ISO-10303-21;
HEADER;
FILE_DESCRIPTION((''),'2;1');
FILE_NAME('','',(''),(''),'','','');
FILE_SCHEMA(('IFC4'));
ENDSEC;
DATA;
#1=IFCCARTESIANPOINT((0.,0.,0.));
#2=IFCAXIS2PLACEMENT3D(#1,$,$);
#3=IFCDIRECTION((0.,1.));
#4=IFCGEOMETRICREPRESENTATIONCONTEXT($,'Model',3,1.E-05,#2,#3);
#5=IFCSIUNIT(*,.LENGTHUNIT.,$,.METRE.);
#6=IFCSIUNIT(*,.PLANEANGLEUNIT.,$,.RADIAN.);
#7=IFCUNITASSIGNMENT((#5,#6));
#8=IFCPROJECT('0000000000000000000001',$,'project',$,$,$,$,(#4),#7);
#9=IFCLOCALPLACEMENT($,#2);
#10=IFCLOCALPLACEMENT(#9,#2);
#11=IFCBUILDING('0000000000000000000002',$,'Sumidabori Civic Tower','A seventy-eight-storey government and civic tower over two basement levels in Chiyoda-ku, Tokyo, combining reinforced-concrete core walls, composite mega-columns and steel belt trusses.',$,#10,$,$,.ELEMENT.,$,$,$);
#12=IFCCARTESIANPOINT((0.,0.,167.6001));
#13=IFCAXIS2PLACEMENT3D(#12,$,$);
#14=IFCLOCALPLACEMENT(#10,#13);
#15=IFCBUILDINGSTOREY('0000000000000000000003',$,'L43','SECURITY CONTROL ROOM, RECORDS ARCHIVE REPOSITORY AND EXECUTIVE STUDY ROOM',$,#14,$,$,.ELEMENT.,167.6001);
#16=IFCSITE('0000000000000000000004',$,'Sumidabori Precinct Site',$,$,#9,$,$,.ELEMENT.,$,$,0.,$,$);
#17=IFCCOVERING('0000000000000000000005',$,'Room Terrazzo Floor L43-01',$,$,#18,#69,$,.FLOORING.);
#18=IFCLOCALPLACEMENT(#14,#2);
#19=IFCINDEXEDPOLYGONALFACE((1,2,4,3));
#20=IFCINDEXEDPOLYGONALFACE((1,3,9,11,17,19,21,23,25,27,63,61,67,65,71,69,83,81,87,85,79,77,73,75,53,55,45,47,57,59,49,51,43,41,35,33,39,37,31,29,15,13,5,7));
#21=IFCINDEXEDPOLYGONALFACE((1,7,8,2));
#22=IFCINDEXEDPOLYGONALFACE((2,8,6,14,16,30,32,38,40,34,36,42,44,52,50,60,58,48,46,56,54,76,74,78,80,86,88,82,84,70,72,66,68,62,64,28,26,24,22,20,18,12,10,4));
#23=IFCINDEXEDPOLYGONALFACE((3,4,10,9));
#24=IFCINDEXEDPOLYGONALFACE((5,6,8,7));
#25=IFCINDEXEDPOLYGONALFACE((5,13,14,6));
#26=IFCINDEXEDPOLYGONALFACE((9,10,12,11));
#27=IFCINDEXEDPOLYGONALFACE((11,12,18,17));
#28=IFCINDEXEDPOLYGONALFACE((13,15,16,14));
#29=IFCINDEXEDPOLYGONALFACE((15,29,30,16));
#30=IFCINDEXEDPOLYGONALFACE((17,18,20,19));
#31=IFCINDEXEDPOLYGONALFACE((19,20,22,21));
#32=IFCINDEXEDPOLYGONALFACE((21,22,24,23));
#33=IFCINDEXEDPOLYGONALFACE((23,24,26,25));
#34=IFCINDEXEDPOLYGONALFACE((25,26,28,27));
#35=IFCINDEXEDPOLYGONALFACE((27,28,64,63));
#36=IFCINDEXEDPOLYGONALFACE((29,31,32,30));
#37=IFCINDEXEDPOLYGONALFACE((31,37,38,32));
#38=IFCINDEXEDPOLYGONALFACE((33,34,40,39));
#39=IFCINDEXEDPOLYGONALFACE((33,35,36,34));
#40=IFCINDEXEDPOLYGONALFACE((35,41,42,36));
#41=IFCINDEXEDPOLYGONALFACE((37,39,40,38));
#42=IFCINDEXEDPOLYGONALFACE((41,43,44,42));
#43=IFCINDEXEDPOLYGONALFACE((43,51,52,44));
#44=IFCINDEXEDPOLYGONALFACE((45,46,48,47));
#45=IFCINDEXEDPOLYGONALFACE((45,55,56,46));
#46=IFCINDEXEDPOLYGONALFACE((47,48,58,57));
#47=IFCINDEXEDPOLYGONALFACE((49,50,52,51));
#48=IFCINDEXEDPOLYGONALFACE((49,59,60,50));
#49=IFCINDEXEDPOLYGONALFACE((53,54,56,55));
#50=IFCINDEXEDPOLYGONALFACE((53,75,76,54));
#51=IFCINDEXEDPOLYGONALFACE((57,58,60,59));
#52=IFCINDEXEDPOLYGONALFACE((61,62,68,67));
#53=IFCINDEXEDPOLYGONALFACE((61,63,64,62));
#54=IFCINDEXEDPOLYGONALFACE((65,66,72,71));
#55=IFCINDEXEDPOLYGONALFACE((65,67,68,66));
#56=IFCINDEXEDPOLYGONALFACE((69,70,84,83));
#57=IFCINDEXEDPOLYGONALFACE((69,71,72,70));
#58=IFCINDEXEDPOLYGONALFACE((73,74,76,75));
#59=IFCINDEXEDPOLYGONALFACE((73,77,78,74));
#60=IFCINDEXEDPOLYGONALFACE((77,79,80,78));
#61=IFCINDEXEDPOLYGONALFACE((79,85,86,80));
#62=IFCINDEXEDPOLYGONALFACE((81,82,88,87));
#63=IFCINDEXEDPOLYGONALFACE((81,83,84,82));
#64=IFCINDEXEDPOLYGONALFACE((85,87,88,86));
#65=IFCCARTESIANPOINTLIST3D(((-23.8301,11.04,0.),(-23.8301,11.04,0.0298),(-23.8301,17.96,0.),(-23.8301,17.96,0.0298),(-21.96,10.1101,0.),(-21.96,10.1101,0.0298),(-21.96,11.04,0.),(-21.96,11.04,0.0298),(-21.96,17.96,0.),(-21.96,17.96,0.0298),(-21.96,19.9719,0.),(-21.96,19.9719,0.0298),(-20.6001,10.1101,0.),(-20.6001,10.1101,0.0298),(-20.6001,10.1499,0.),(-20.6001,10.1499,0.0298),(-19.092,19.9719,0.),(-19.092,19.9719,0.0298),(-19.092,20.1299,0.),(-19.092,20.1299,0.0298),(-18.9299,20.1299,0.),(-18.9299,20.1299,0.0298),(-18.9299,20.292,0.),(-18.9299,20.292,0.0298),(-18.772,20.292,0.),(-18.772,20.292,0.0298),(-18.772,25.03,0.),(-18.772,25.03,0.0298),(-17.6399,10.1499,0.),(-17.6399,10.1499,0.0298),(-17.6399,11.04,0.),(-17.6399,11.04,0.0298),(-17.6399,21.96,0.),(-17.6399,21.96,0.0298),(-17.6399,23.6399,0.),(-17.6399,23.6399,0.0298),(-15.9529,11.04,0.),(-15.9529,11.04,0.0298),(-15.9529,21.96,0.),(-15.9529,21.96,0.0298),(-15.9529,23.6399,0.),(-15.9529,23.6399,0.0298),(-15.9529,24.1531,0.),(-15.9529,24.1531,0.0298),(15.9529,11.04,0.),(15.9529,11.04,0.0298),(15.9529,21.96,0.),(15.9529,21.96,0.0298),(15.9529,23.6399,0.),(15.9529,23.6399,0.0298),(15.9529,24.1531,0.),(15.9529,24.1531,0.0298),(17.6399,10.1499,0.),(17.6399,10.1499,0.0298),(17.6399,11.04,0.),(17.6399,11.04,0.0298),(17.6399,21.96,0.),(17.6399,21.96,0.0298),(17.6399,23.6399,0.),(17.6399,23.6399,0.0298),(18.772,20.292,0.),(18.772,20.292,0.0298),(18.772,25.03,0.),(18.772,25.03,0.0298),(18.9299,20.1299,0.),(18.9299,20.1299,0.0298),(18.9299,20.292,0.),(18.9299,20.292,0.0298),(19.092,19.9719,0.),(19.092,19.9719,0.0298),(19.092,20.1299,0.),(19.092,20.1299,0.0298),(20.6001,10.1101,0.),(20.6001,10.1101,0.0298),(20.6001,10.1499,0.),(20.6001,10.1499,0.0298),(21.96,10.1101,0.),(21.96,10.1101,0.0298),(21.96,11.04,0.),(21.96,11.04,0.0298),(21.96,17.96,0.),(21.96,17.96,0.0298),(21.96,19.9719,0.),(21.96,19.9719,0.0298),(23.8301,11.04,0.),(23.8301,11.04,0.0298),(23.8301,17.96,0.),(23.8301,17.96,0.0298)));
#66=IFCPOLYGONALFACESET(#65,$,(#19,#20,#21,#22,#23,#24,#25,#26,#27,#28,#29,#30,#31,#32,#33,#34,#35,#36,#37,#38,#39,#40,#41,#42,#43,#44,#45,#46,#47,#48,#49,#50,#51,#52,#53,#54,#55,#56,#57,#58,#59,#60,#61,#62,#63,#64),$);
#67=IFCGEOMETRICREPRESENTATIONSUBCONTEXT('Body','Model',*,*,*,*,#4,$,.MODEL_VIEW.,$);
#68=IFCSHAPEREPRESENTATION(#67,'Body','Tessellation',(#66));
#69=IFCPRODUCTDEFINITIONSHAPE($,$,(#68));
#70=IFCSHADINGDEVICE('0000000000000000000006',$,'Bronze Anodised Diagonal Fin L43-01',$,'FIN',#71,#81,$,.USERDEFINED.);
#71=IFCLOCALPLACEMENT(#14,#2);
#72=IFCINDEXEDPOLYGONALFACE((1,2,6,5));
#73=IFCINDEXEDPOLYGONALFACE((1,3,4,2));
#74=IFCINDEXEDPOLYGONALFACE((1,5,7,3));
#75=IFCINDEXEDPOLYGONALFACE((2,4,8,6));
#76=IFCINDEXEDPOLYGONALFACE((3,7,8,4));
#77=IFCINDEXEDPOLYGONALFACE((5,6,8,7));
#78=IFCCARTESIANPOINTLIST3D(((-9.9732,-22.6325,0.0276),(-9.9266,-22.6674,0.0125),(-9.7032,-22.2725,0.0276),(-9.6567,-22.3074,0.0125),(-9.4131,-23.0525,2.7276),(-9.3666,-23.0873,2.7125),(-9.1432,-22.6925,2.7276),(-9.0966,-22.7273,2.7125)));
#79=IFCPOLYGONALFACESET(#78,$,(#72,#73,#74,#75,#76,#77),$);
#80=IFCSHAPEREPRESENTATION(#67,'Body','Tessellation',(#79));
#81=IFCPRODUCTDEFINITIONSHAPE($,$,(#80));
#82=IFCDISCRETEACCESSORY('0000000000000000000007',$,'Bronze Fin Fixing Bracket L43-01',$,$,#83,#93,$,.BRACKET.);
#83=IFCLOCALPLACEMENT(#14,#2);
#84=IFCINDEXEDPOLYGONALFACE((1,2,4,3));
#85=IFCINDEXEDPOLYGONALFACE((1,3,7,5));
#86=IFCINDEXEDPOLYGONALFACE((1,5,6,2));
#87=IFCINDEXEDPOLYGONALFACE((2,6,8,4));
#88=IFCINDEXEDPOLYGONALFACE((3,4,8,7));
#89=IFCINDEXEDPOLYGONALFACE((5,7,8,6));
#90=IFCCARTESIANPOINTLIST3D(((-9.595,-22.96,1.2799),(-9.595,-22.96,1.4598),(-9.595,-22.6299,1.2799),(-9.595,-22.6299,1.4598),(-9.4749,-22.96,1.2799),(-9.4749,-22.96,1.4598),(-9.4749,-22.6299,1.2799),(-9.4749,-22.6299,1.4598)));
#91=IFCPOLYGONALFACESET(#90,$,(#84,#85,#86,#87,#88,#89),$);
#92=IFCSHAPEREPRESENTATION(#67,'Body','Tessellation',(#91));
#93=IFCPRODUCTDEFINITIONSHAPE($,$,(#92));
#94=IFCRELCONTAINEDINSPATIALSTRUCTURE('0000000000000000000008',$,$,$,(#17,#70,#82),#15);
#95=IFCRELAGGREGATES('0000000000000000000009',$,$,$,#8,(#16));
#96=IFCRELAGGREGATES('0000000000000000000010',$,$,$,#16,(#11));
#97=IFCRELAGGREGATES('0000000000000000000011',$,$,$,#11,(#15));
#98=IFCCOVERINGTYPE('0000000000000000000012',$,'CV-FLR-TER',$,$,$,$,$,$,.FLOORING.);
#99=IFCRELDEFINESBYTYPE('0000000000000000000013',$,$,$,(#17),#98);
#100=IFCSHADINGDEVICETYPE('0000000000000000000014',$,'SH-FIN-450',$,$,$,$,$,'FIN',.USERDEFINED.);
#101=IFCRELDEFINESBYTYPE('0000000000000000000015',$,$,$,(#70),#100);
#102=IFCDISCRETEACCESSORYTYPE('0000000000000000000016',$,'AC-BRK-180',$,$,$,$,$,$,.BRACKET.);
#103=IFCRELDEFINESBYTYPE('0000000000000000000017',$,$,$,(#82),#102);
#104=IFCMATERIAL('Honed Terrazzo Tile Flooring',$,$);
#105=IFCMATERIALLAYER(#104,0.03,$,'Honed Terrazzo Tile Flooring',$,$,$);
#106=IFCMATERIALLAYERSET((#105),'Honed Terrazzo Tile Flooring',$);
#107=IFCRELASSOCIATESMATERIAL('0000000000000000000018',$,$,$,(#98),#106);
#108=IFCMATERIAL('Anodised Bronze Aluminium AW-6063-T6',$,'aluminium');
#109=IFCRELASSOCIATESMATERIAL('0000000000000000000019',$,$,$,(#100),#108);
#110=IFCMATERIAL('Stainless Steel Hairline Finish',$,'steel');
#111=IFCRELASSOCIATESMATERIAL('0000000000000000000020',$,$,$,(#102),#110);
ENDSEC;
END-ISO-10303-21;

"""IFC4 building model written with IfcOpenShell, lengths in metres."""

from ifc_helpers import new_model, si_unit, direction, frame, origin, origin_2d, place, context, subcontext, project, spatial, polyline, rectangle, outline, extrude, source, transform, mapped, material, layer, layer_set, material_profile, profile_set, type_object, element, save


model = new_model("IFC4")

# Units and contexts
model_context = context("Model", 3, precision=1e-05, world=origin(), true_north=direction((0.0, 1.0)))
body_context = subcontext(model_context, "Body", "Model", "MODEL_VIEW")
ifc_project = project(units=[si_unit("LENGTHUNIT", "METRE"), si_unit("PLANEANGLEUNIT", "RADIAN")], contexts=[model_context])

# Site, building, storey
site_placement = place(None, origin())
site = spatial("IfcSite", under=ifc_project, at=site_placement, Name="Sumidabori Precinct Site", CompositionType="ELEMENT", RefElevation=0.0)
building_placement = place(site_placement, origin())
building = spatial("IfcBuilding", under=site, at=building_placement, Name="Sumidabori Civic Tower", Description="A seventy-eight-storey government and civic tower over two basement levels in Chiyoda-ku, Tokyo, combining reinforced-concrete core walls, composite mega-columns and steel belt trusses.", CompositionType="ELEMENT")
storey_placement = place(building_placement, frame((0.0, 0.0, 167.6001)))
storey = spatial("IfcBuildingStorey", under=building, at=storey_placement, Name="L43", Description="SECURITY CONTROL ROOM, RECORDS ARCHIVE REPOSITORY AND EXECUTIVE STUDY ROOM", CompositionType="ELEMENT", Elevation=167.6001)

# Shared definitions
ifc_material_1 = material(Name="Anodised Bronze Aluminium AW-6063-T6", Category="aluminium")

# Covering
ifc_material_2 = material(Name="Honed Terrazzo Tile Flooring")
ifc_layer_1 = layer(ifc_material_2, 0.03, Name="Honed Terrazzo Tile Flooring")
ifc_layer_set_1 = layer_set([ifc_layer_1], Name="Honed Terrazzo Tile Flooring")
covering_type_1 = type_object("IfcCoveringType", Name="CV-FLR-TER", PredefinedType="FLOORING", material=ifc_layer_set_1)
covering_1_placement = place(storey_placement, origin())
element("IfcCovering", 1, at=covering_1_placement, inside=storey, type_object=covering_type_1, Name="Room Terrazzo Floor L43-01", PredefinedType="FLOORING", context=body_context, shape_type="SweptSolid", body=[
    extrude(outline(polyline([(-20.6001, 10.1101), (-21.96, 10.1101), (-21.96, 11.04), (-23.8301, 11.04), (-23.8301, 17.96), (-21.96, 17.96), (-21.96, 19.9719), (-19.092, 19.9719), (-19.092, 20.1299), (-18.9299, 20.1299), (-18.9299, 20.292), (-18.772, 20.292), (-18.772, 25.03), (18.772, 25.03), (18.772, 20.292), (18.9299, 20.292), (18.9299, 20.1299), (19.092, 20.1299), (19.092, 19.9719), (21.96, 19.9719), (21.96, 17.96), (23.8301, 17.96), (23.8301, 11.04), (21.96, 11.04), (21.96, 10.1101), (20.6001, 10.1101), (20.6001, 10.1499), (17.6399, 10.1499), (17.6399, 11.04), (15.9529, 11.04), (15.9529, 21.96), (17.6399, 21.96), (17.6399, 23.6399), (15.9529, 23.6399), (15.9529, 24.1531), (-15.9529, 24.1531), (-15.9529, 23.6399), (-17.6399, 23.6399), (-17.6399, 21.96), (-15.9529, 21.96), (-15.9529, 11.04), (-17.6399, 11.04), (-17.6399, 10.1499), (-20.6001, 10.1499), (-20.6001, 10.1101)])), origin(), (0.0, 0.0, 1.0), 0.0298),
])

# Shading device
ifc_material_profile_1 = material_profile(ifc_material_1, rectangle(XDim=0.0601, YDim=0.45, at=origin_2d()), Name="BRONZE FIN 450x60")
ifc_profile_set_1 = profile_set([ifc_material_profile_1], Name="Anodised Bronze Aluminium AW-6063-T6")
shading_device_type = type_object("IfcShadingDeviceType", Name="SH-FIN-450", ElementType="FIN", PredefinedType="USERDEFINED", material=ifc_profile_set_1)
shared_shape_1 = source(origin(), body_context, "Body", "SweptSolid", [
    extrude(rectangle(XDim=0.0601, YDim=0.45, at=origin_2d()), origin(), (0.0, 0.0, 1.0), 2.7893),
])
shading_device_placement = place(storey_placement, frame((-9.8149, -22.47, 0.02), z_axis=(0.200794, -0.150552, 0.967996), x_axis=(0.774478, -0.580689, -0.250966)))
element("IfcShadingDevice", 2, at=shading_device_placement, inside=storey, type_object=shading_device_type, Name="Bronze Anodised Diagonal Fin L43-01", ObjectType="FIN", PredefinedType="USERDEFINED", context=body_context, shape_type="MappedRepresentation", body=[
    mapped(shared_shape_1, transform((0.0, 0.0, 0.0), x_axis=(1.0, 0.0, 0.0), y_axis=(0.0, 1.0, 0.0), z_axis=(0.0, 0.0, 1.0), scale=1.0)),
])

# Discrete accessory
ifc_material_3 = material(Name="Stainless Steel Hairline Finish", Category="steel")
ifc_material_profile_2 = material_profile(ifc_material_3, rectangle(XDim=0.1201, YDim=0.1799, at=origin_2d()), Name="STEEL BRACKET 180x120")
ifc_profile_set_2 = profile_set([ifc_material_profile_2], Name="Stainless Steel Hairline Finish")
discrete_accessory_type = type_object("IfcDiscreteAccessoryType", Name="AC-BRK-180", PredefinedType="BRACKET", material=ifc_profile_set_2)
shared_shape_2 = source(origin(), body_context, "Body", "SweptSolid", [
    extrude(rectangle(XDim=0.1201, YDim=0.1799, at=origin_2d()), origin(), (0.0, 0.0, 1.0), 0.3301),
])
discrete_accessory_placement = place(storey_placement, frame((-9.5349, -22.6299, 1.3699), z_axis=(0.0, -1.0, 0.0), x_axis=(1.0, 0.0, 0.0)))
element("IfcDiscreteAccessory", 3, at=discrete_accessory_placement, inside=storey, type_object=discrete_accessory_type, Name="Bronze Fin Fixing Bracket L43-01", PredefinedType="BRACKET", context=body_context, shape_type="MappedRepresentation", body=[
    mapped(shared_shape_2, transform((0.0, 0.0, 0.0), x_axis=(1.0, 0.0, 0.0), y_axis=(0.0, 1.0, 0.0), z_axis=(0.0, 0.0, 1.0), scale=1.0)),
])

save(model, "model.ifc")
